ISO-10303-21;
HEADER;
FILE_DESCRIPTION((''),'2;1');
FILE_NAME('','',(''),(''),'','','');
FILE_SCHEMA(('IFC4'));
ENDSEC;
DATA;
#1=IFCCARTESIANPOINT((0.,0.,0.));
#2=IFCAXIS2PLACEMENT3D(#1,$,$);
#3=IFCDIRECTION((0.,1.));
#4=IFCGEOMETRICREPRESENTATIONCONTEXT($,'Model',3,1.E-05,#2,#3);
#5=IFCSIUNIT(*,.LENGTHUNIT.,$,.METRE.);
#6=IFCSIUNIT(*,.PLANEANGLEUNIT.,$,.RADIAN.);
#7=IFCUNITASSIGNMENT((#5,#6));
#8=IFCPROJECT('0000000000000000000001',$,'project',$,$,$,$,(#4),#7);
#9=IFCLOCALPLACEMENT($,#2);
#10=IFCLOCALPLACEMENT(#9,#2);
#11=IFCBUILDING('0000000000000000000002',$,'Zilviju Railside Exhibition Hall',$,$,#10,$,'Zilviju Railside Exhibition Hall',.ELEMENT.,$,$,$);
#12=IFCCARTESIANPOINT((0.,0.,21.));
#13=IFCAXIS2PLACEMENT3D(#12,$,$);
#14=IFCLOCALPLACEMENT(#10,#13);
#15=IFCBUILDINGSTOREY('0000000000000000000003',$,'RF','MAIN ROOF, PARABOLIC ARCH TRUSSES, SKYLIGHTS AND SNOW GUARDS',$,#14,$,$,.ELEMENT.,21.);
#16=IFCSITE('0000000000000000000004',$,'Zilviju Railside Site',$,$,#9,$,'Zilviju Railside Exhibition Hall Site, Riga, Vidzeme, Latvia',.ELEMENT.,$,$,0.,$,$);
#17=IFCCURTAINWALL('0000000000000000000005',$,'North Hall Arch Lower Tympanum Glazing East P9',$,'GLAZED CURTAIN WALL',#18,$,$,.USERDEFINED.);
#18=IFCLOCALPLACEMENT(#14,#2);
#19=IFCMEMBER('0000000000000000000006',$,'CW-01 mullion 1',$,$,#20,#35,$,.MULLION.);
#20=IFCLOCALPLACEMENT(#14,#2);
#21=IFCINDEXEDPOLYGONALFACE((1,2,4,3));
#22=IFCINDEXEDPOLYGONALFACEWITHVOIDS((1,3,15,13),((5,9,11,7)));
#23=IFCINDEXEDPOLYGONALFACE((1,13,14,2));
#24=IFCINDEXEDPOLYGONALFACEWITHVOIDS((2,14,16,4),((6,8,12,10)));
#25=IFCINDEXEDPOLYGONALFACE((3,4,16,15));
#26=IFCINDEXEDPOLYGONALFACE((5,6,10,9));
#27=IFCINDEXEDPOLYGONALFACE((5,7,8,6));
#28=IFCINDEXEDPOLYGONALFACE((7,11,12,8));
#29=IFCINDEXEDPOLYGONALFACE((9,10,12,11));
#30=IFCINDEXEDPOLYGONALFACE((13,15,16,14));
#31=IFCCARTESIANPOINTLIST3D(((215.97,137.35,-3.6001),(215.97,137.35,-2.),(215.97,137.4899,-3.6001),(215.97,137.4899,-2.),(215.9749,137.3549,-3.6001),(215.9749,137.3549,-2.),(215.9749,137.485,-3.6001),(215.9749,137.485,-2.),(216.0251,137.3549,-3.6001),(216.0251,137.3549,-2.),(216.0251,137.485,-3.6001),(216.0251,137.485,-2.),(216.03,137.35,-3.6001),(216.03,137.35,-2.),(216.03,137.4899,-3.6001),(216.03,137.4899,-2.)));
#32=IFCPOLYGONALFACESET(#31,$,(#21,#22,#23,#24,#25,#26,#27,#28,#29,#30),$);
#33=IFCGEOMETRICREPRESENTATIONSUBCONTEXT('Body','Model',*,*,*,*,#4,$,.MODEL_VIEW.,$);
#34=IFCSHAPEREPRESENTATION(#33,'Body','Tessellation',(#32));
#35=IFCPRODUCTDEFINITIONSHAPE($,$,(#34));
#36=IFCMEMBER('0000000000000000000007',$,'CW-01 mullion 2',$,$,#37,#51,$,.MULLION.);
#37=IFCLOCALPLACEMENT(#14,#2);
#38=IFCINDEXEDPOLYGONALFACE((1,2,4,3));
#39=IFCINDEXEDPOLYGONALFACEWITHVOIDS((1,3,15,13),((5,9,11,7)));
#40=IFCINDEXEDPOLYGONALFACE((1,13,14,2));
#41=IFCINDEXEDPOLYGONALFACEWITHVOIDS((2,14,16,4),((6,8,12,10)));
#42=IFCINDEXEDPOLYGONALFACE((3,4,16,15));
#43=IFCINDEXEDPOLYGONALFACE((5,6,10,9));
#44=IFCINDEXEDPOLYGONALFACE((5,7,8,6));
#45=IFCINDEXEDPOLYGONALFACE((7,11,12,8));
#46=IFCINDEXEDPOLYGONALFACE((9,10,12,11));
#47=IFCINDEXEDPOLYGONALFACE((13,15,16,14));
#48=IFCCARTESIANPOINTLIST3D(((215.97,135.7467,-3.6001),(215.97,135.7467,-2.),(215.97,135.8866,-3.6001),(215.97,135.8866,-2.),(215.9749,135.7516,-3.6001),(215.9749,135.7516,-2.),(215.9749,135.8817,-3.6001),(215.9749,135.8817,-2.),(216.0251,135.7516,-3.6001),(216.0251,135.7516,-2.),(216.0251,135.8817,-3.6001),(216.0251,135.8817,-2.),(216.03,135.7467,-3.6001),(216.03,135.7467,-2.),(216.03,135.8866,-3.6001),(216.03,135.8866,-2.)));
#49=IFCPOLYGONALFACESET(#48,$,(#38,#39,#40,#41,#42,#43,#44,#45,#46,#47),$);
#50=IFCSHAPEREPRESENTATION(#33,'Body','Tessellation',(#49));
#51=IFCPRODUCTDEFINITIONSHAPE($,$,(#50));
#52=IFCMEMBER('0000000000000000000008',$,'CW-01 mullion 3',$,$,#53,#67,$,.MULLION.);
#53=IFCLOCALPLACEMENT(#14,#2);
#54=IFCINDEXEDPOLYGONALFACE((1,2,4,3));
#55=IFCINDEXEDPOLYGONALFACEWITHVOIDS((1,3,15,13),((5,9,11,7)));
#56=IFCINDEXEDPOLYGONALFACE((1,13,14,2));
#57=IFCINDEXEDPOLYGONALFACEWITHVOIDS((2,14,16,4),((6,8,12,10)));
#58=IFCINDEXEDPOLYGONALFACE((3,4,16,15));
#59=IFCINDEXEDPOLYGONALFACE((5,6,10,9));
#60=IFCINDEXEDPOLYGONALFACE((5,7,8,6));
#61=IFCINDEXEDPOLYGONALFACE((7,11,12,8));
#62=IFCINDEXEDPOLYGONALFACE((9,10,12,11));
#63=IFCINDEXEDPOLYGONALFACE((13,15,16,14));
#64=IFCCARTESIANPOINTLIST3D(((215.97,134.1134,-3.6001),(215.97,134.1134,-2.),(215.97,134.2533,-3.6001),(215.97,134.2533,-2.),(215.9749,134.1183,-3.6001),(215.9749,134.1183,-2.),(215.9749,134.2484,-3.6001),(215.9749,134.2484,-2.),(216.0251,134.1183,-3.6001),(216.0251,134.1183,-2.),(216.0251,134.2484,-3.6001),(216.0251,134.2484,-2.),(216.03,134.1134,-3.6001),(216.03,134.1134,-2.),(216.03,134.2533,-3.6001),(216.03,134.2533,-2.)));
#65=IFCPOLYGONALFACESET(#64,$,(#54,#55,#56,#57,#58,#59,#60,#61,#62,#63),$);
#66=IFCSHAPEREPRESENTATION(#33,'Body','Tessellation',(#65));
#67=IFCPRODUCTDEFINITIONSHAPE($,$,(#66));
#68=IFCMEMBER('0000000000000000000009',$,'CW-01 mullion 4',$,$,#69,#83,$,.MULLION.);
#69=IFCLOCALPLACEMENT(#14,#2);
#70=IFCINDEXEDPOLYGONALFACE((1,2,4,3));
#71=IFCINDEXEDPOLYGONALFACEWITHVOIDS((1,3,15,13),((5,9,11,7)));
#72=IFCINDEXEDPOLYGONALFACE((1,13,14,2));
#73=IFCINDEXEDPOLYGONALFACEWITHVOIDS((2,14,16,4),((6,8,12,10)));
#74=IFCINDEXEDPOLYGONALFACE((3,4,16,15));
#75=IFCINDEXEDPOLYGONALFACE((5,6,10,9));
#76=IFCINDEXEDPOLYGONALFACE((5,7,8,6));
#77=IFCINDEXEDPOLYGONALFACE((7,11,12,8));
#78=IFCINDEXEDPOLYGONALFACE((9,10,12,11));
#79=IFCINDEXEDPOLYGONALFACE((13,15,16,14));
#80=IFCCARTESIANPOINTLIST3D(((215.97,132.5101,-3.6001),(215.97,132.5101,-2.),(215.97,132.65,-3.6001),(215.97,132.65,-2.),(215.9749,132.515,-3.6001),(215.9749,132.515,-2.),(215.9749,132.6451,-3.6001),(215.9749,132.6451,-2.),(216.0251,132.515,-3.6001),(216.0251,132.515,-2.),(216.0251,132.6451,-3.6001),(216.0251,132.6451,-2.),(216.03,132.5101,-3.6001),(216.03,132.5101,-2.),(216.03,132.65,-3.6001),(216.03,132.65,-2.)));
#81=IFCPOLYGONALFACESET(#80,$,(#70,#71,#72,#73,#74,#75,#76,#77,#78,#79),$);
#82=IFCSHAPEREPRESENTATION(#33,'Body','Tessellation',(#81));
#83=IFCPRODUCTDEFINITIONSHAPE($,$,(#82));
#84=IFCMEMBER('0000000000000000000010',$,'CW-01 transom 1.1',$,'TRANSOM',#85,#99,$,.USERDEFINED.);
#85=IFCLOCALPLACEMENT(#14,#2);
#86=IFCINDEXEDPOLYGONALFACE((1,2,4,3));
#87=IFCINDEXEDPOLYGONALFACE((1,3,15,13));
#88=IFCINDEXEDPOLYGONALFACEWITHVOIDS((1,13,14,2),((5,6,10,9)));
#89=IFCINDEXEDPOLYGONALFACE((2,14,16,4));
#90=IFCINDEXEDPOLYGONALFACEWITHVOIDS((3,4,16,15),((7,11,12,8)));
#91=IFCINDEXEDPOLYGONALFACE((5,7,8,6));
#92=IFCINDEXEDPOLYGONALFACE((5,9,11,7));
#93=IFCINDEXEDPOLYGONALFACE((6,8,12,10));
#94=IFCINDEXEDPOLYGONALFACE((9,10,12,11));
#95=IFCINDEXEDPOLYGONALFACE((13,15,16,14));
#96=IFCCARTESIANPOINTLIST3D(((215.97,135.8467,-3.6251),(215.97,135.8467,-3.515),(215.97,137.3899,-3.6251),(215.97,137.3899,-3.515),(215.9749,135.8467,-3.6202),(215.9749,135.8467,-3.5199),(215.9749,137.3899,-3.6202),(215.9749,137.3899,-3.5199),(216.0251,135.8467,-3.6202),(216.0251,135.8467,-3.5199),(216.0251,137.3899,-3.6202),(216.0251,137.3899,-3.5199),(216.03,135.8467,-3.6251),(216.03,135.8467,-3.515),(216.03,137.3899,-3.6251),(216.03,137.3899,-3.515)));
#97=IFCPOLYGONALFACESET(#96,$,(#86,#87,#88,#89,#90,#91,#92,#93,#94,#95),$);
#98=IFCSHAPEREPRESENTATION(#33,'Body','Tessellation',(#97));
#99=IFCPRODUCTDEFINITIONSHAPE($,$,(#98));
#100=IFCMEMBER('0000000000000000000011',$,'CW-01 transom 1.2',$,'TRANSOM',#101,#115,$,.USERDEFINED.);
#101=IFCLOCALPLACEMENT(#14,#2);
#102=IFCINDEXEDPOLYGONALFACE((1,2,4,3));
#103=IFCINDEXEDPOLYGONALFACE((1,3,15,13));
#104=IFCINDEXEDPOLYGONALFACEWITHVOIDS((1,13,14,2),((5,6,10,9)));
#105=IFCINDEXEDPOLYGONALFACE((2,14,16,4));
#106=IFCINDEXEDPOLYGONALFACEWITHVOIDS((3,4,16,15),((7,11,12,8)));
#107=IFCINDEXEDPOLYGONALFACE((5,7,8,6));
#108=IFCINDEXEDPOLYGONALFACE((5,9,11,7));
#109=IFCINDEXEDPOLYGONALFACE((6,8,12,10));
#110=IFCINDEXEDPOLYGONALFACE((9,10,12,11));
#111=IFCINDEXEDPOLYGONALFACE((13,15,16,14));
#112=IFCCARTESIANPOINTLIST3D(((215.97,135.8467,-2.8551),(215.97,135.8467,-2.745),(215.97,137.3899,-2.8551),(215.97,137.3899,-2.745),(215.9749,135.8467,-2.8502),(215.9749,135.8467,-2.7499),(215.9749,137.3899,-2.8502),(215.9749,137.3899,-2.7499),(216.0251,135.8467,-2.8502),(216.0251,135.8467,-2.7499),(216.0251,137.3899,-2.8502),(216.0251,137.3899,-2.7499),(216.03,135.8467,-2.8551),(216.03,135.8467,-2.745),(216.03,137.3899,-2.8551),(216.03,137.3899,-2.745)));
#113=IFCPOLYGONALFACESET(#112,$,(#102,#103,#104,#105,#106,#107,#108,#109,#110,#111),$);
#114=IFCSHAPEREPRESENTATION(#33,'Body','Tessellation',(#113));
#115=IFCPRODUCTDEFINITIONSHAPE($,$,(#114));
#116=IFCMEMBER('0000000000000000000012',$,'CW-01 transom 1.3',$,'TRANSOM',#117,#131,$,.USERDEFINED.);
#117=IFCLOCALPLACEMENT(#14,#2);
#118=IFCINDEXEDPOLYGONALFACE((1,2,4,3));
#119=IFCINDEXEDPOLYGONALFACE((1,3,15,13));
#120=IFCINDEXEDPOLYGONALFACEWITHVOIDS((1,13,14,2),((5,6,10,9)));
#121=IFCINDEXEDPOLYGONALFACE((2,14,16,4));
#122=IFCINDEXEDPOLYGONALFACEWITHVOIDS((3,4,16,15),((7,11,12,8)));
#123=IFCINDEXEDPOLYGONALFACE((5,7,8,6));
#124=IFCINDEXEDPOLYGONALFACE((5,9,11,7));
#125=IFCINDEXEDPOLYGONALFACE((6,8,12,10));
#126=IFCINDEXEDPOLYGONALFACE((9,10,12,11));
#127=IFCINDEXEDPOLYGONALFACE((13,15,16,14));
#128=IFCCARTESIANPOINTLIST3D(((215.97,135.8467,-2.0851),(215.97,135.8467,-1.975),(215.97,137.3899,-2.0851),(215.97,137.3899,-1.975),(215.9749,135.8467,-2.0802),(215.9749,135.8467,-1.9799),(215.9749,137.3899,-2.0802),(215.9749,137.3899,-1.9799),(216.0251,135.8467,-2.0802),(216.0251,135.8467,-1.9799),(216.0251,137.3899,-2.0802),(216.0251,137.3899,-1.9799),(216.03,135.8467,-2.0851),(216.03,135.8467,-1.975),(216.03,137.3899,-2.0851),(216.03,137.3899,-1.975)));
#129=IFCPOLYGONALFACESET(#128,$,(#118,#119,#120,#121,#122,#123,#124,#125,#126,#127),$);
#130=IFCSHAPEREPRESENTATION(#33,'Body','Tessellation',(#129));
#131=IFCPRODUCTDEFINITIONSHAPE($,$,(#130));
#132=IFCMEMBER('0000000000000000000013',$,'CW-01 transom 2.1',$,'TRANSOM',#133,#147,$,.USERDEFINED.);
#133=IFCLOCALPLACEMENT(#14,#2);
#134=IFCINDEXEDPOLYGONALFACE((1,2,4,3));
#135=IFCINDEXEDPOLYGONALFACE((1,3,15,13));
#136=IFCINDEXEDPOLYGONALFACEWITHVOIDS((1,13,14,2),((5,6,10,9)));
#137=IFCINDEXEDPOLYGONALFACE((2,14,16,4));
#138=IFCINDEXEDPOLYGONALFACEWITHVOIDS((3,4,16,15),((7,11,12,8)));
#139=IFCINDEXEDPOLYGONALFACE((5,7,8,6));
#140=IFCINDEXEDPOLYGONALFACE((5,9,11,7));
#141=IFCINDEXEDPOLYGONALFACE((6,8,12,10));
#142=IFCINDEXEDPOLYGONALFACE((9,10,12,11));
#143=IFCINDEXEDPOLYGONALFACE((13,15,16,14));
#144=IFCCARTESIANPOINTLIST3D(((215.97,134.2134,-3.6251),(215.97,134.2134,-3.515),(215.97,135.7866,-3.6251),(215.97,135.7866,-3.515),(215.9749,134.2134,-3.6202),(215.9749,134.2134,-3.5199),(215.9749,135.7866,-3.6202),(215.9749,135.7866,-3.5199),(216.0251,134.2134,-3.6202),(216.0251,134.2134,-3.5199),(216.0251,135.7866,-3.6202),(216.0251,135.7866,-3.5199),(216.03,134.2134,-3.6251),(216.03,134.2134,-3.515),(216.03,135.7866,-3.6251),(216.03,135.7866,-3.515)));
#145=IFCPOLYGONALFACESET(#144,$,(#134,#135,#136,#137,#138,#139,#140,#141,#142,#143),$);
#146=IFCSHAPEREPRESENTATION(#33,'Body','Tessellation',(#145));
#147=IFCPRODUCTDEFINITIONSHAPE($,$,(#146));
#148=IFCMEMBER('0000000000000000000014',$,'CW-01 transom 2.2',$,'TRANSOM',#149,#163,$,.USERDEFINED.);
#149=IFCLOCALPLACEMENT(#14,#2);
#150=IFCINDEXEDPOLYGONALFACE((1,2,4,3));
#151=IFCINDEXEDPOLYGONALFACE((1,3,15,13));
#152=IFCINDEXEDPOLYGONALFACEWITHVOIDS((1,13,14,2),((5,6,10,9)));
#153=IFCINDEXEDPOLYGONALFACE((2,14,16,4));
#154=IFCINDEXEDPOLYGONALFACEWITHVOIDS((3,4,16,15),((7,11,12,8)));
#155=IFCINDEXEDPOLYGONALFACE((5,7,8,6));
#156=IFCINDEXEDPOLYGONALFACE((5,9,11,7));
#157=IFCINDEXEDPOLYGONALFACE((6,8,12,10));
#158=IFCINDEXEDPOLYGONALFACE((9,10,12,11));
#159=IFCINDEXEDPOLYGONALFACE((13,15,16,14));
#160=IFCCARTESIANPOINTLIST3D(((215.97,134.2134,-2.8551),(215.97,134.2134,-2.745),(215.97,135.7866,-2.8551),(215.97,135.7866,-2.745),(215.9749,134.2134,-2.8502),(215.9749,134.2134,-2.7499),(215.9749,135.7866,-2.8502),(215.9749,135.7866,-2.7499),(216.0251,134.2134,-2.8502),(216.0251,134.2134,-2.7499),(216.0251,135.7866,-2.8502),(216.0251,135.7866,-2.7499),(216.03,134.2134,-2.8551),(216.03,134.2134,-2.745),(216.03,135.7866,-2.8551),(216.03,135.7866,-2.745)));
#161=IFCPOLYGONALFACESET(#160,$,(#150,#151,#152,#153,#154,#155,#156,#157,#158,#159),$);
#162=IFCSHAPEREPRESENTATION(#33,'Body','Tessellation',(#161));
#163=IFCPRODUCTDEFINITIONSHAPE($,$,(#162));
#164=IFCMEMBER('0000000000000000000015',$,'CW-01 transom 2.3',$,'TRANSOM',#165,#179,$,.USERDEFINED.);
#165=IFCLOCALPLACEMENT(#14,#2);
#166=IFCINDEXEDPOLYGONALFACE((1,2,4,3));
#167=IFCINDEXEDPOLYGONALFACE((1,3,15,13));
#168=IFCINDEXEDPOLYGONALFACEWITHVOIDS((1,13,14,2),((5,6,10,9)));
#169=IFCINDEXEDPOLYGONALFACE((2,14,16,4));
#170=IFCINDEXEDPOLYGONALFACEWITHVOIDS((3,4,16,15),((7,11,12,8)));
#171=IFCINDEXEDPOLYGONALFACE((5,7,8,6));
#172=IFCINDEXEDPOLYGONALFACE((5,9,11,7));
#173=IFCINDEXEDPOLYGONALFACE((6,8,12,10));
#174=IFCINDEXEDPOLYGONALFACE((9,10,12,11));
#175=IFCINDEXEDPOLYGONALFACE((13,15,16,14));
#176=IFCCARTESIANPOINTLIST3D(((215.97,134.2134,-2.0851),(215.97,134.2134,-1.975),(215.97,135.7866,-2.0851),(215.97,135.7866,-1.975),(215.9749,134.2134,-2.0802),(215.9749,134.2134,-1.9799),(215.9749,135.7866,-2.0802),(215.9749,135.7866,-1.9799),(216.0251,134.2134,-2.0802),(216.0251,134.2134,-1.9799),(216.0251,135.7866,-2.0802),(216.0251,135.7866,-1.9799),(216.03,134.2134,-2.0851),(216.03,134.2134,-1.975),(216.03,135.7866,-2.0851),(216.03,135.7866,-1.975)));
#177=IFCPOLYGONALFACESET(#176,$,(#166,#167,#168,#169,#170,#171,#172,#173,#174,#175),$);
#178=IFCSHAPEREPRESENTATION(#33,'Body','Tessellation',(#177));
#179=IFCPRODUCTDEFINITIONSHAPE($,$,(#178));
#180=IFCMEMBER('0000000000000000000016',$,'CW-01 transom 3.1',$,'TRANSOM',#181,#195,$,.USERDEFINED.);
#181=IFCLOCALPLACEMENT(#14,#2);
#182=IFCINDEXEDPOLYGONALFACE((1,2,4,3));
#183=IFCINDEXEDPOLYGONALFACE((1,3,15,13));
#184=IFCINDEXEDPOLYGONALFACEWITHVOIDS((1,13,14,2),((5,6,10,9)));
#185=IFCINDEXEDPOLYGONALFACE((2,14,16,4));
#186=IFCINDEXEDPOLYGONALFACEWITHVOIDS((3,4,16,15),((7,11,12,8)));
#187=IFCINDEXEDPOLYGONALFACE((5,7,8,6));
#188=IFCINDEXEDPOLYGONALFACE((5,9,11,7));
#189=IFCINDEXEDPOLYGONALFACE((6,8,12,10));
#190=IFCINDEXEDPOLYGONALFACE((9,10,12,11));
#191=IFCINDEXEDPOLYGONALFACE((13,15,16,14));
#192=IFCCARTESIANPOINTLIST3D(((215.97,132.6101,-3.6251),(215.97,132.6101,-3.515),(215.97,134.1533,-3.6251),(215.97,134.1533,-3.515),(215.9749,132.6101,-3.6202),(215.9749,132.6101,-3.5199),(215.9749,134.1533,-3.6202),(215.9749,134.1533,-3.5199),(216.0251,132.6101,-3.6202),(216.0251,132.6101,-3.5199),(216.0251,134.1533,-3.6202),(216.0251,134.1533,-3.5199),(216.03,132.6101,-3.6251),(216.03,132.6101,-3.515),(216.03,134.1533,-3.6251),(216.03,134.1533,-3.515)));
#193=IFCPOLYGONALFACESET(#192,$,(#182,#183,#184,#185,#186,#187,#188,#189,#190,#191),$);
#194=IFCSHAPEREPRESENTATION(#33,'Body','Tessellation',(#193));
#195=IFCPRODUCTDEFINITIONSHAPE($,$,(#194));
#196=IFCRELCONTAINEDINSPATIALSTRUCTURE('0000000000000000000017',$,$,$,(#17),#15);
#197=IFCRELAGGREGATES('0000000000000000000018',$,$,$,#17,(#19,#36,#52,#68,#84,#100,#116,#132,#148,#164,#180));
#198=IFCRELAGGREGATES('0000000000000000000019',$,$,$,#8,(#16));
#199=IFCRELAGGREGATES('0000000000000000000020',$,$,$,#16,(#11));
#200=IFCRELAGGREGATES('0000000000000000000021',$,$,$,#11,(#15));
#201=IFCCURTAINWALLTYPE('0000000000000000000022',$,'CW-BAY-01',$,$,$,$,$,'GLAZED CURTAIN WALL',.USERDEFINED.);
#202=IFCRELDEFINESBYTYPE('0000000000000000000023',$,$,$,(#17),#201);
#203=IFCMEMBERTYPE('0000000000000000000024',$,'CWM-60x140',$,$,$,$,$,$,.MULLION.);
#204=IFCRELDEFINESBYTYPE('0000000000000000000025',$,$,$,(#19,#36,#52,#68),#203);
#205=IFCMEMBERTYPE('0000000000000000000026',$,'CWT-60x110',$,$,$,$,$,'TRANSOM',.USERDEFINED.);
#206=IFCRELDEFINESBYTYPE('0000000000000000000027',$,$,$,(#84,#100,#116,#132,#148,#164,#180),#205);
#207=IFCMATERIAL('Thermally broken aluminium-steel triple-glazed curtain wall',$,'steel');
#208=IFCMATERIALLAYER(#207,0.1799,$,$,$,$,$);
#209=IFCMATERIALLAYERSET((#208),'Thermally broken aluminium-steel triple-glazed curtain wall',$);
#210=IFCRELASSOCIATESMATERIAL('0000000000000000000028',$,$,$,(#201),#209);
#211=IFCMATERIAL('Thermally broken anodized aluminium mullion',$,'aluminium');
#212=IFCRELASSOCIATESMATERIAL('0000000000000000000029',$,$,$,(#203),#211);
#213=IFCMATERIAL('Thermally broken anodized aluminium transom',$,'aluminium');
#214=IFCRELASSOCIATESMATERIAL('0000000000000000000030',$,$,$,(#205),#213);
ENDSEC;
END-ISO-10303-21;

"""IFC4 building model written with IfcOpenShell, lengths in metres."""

from ifc_helpers import new_model, si_unit, direction, frame, origin, origin_2d, place, context, subcontext, project, spatial, hollow_rectangle, extrude, material, layer, layer_set, material_profile, profile_set, type_object, element, aggregate, save


model = new_model("IFC4")

# Units and contexts
model_context = context("Model", 3, precision=1e-05, world=origin(), true_north=direction((0.0, 1.0)))
body_context = subcontext(model_context, "Body", "Model", "MODEL_VIEW")
ifc_project = project(units=[si_unit("LENGTHUNIT", "METRE"), si_unit("PLANEANGLEUNIT", "RADIAN")], contexts=[model_context])

# Site, building, storey
site_placement = place(None, origin())
site = spatial("IfcSite", under=ifc_project, at=site_placement, Name="Zilviju Railside Site", LongName="Zilviju Railside Exhibition Hall Site, Riga, Vidzeme, Latvia", CompositionType="ELEMENT", RefElevation=0.0)
building_placement = place(site_placement, origin())
building = spatial("IfcBuilding", under=site, at=building_placement, Name="Zilviju Railside Exhibition Hall", LongName="Zilviju Railside Exhibition Hall", CompositionType="ELEMENT")
storey_placement = place(building_placement, frame((0.0, 0.0, 21.0)))
storey = spatial("IfcBuildingStorey", under=building, at=storey_placement, Name="RF", Description="MAIN ROOF, PARABOLIC ARCH TRUSSES, SKYLIGHTS AND SNOW GUARDS", CompositionType="ELEMENT", Elevation=21.0)

# Curtain wall, members
ifc_material_1 = material(Name="Thermally broken aluminium-steel triple-glazed curtain wall", Category="steel")
ifc_layer_1 = layer(ifc_material_1, 0.1799)
ifc_layer_set_1 = layer_set([ifc_layer_1], Name="Thermally broken aluminium-steel triple-glazed curtain wall")
curtain_wall_type = type_object("IfcCurtainWallType", Name="CW-BAY-01", ElementType="GLAZED CURTAIN WALL", PredefinedType="USERDEFINED", material=ifc_layer_set_1)
curtain_wall_placement = place(storey_placement, origin())
curtain_wall = element("IfcCurtainWall", 1, at=curtain_wall_placement, inside=storey, type_object=curtain_wall_type, Name="North Hall Arch Lower Tympanum Glazing East P9", ObjectType="GLAZED CURTAIN WALL", PredefinedType="USERDEFINED")
ifc_material_2 = material(Name="Thermally broken anodized aluminium mullion", Category="aluminium")
ifc_material_profile_1 = material_profile(ifc_material_2, hollow_rectangle(XDim=0.0601, YDim=0.1399, WallThickness=0.0049, at=origin_2d()), Name="MULLION 140x60x5")
ifc_profile_set_1 = profile_set([ifc_material_profile_1], Name="Thermally broken anodized aluminium mullion")
member_type_1 = type_object("IfcMemberType", Name="CWM-60x140", PredefinedType="MULLION", material=ifc_profile_set_1)
member_1_placement = place(storey_placement, frame((216.0, 137.4199, -3.6001), z_axis=(0.0, 0.0, 1.0), x_axis=(1.0, 0.0, 0.0)))
member_1 = element("IfcMember", 2, at=member_1_placement, type_object=member_type_1, Name="CW-01 mullion 1", PredefinedType="MULLION", context=body_context, shape_type="SweptSolid", body=[
    extrude(hollow_rectangle(XDim=0.0601, YDim=0.1399, WallThickness=0.0049, at=origin_2d()), origin(), (0.0, 0.0, 1.0), 1.6001),
])
member_2_placement = place(storey_placement, frame((216.0, 135.8167, -3.6001), z_axis=(0.0, 0.0, 1.0), x_axis=(1.0, 0.0, 0.0)))
member_2 = element("IfcMember", 3, at=member_2_placement, type_object=member_type_1, Name="CW-01 mullion 2", PredefinedType="MULLION", context=body_context, shape_type="SweptSolid", body=[
    extrude(hollow_rectangle(XDim=0.0601, YDim=0.1399, WallThickness=0.0049, at=origin_2d()), origin(), (0.0, 0.0, 1.0), 1.6001),
])
member_3_placement = place(storey_placement, frame((216.0, 134.1833, -3.6001), z_axis=(0.0, 0.0, 1.0), x_axis=(1.0, 0.0, 0.0)))
member_3 = element("IfcMember", 4, at=member_3_placement, type_object=member_type_1, Name="CW-01 mullion 3", PredefinedType="MULLION", context=body_context, shape_type="SweptSolid", body=[
    extrude(hollow_rectangle(XDim=0.0601, YDim=0.1399, WallThickness=0.0049, at=origin_2d()), origin(), (0.0, 0.0, 1.0), 1.6001),
])
member_4_placement = place(storey_placement, frame((216.0, 132.5801, -3.6001), z_axis=(0.0, 0.0, 1.0), x_axis=(1.0, 0.0, 0.0)))
member_4 = element("IfcMember", 5, at=member_4_placement, type_object=member_type_1, Name="CW-01 mullion 4", PredefinedType="MULLION", context=body_context, shape_type="SweptSolid", body=[
    extrude(hollow_rectangle(XDim=0.0601, YDim=0.1399, WallThickness=0.0049, at=origin_2d()), origin(), (0.0, 0.0, 1.0), 1.6001),
])
ifc_material_3 = material(Name="Thermally broken anodized aluminium transom", Category="aluminium")
ifc_material_profile_2 = material_profile(ifc_material_3, hollow_rectangle(XDim=0.0601, YDim=0.1101, WallThickness=0.0049, at=origin_2d()), Name="TRANSOM 110x60x5")
ifc_profile_set_2 = profile_set([ifc_material_profile_2], Name="Thermally broken anodized aluminium transom")
member_type_2 = type_object("IfcMemberType", Name="CWT-60x110", ElementType="TRANSOM", PredefinedType="USERDEFINED", material=ifc_profile_set_2)
member_5_placement = place(storey_placement, frame((216.0, 137.3899, -3.5701), z_axis=(0.0, -1.0, 0.0), x_axis=(1.0, 0.0, 0.0)))
member_5 = element("IfcMember", 6, at=member_5_placement, type_object=member_type_2, Name="CW-01 transom 1.1", ObjectType="TRANSOM", PredefinedType="USERDEFINED", context=body_context, shape_type="SweptSolid", body=[
    extrude(hollow_rectangle(XDim=0.0601, YDim=0.1101, WallThickness=0.0049, at=origin_2d()), origin(), (0.0, 0.0, 1.0), 1.5432),
])
member_6_placement = place(storey_placement, frame((216.0, 137.3899, -2.8), z_axis=(0.0, -1.0, 0.0), x_axis=(1.0, 0.0, 0.0)))
member_6 = element("IfcMember", 7, at=member_6_placement, type_object=member_type_2, Name="CW-01 transom 1.2", ObjectType="TRANSOM", PredefinedType="USERDEFINED", context=body_context, shape_type="SweptSolid", body=[
    extrude(hollow_rectangle(XDim=0.0601, YDim=0.1101, WallThickness=0.0049, at=origin_2d()), origin(), (0.0, 0.0, 1.0), 1.5432),
])
member_7_placement = place(storey_placement, frame((216.0, 137.3899, -2.03), z_axis=(0.0, -1.0, 0.0), x_axis=(1.0, 0.0, 0.0)))
member_7 = element("IfcMember", 8, at=member_7_placement, type_object=member_type_2, Name="CW-01 transom 1.3", ObjectType="TRANSOM", PredefinedType="USERDEFINED", context=body_context, shape_type="SweptSolid", body=[
    extrude(hollow_rectangle(XDim=0.0601, YDim=0.1101, WallThickness=0.0049, at=origin_2d()), origin(), (0.0, 0.0, 1.0), 1.5432),
])
member_8_placement = place(storey_placement, frame((216.0, 135.7866, -3.5701), z_axis=(0.0, -1.0, 0.0), x_axis=(1.0, 0.0, 0.0)))
member_8 = element("IfcMember", 9, at=member_8_placement, type_object=member_type_2, Name="CW-01 transom 2.1", ObjectType="TRANSOM", PredefinedType="USERDEFINED", context=body_context, shape_type="SweptSolid", body=[
    extrude(hollow_rectangle(XDim=0.0601, YDim=0.1101, WallThickness=0.0049, at=origin_2d()), origin(), (0.0, 0.0, 1.0), 1.5732),
])
member_9_placement = place(storey_placement, frame((216.0, 135.7866, -2.8), z_axis=(0.0, -1.0, 0.0), x_axis=(1.0, 0.0, 0.0)))
member_9 = element("IfcMember", 10, at=member_9_placement, type_object=member_type_2, Name="CW-01 transom 2.2", ObjectType="TRANSOM", PredefinedType="USERDEFINED", context=body_context, shape_type="SweptSolid", body=[
    extrude(hollow_rectangle(XDim=0.0601, YDim=0.1101, WallThickness=0.0049, at=origin_2d()), origin(), (0.0, 0.0, 1.0), 1.5732),
])
member_10_placement = place(storey_placement, frame((216.0, 135.7866, -2.03), z_axis=(0.0, -1.0, 0.0), x_axis=(1.0, 0.0, 0.0)))
member_10 = element("IfcMember", 11, at=member_10_placement, type_object=member_type_2, Name="CW-01 transom 2.3", ObjectType="TRANSOM", PredefinedType="USERDEFINED", context=body_context, shape_type="SweptSolid", body=[
    extrude(hollow_rectangle(XDim=0.0601, YDim=0.1101, WallThickness=0.0049, at=origin_2d()), origin(), (0.0, 0.0, 1.0), 1.5732),
])
member_11_placement = place(storey_placement, frame((216.0, 134.1533, -3.5701), z_axis=(0.0, -1.0, 0.0), x_axis=(1.0, 0.0, 0.0)))
member_11 = element("IfcMember", 12, at=member_11_placement, type_object=member_type_2, Name="CW-01 transom 3.1", ObjectType="TRANSOM", PredefinedType="USERDEFINED", context=body_context, shape_type="SweptSolid", body=[
    extrude(hollow_rectangle(XDim=0.0601, YDim=0.1101, WallThickness=0.0049, at=origin_2d()), origin(), (0.0, 0.0, 1.0), 1.5432),
])

aggregate(curtain_wall, [member_1, member_2, member_3, member_4, member_5, member_6, member_7, member_8, member_9, member_10, member_11])

save(model, "model.ifc")
